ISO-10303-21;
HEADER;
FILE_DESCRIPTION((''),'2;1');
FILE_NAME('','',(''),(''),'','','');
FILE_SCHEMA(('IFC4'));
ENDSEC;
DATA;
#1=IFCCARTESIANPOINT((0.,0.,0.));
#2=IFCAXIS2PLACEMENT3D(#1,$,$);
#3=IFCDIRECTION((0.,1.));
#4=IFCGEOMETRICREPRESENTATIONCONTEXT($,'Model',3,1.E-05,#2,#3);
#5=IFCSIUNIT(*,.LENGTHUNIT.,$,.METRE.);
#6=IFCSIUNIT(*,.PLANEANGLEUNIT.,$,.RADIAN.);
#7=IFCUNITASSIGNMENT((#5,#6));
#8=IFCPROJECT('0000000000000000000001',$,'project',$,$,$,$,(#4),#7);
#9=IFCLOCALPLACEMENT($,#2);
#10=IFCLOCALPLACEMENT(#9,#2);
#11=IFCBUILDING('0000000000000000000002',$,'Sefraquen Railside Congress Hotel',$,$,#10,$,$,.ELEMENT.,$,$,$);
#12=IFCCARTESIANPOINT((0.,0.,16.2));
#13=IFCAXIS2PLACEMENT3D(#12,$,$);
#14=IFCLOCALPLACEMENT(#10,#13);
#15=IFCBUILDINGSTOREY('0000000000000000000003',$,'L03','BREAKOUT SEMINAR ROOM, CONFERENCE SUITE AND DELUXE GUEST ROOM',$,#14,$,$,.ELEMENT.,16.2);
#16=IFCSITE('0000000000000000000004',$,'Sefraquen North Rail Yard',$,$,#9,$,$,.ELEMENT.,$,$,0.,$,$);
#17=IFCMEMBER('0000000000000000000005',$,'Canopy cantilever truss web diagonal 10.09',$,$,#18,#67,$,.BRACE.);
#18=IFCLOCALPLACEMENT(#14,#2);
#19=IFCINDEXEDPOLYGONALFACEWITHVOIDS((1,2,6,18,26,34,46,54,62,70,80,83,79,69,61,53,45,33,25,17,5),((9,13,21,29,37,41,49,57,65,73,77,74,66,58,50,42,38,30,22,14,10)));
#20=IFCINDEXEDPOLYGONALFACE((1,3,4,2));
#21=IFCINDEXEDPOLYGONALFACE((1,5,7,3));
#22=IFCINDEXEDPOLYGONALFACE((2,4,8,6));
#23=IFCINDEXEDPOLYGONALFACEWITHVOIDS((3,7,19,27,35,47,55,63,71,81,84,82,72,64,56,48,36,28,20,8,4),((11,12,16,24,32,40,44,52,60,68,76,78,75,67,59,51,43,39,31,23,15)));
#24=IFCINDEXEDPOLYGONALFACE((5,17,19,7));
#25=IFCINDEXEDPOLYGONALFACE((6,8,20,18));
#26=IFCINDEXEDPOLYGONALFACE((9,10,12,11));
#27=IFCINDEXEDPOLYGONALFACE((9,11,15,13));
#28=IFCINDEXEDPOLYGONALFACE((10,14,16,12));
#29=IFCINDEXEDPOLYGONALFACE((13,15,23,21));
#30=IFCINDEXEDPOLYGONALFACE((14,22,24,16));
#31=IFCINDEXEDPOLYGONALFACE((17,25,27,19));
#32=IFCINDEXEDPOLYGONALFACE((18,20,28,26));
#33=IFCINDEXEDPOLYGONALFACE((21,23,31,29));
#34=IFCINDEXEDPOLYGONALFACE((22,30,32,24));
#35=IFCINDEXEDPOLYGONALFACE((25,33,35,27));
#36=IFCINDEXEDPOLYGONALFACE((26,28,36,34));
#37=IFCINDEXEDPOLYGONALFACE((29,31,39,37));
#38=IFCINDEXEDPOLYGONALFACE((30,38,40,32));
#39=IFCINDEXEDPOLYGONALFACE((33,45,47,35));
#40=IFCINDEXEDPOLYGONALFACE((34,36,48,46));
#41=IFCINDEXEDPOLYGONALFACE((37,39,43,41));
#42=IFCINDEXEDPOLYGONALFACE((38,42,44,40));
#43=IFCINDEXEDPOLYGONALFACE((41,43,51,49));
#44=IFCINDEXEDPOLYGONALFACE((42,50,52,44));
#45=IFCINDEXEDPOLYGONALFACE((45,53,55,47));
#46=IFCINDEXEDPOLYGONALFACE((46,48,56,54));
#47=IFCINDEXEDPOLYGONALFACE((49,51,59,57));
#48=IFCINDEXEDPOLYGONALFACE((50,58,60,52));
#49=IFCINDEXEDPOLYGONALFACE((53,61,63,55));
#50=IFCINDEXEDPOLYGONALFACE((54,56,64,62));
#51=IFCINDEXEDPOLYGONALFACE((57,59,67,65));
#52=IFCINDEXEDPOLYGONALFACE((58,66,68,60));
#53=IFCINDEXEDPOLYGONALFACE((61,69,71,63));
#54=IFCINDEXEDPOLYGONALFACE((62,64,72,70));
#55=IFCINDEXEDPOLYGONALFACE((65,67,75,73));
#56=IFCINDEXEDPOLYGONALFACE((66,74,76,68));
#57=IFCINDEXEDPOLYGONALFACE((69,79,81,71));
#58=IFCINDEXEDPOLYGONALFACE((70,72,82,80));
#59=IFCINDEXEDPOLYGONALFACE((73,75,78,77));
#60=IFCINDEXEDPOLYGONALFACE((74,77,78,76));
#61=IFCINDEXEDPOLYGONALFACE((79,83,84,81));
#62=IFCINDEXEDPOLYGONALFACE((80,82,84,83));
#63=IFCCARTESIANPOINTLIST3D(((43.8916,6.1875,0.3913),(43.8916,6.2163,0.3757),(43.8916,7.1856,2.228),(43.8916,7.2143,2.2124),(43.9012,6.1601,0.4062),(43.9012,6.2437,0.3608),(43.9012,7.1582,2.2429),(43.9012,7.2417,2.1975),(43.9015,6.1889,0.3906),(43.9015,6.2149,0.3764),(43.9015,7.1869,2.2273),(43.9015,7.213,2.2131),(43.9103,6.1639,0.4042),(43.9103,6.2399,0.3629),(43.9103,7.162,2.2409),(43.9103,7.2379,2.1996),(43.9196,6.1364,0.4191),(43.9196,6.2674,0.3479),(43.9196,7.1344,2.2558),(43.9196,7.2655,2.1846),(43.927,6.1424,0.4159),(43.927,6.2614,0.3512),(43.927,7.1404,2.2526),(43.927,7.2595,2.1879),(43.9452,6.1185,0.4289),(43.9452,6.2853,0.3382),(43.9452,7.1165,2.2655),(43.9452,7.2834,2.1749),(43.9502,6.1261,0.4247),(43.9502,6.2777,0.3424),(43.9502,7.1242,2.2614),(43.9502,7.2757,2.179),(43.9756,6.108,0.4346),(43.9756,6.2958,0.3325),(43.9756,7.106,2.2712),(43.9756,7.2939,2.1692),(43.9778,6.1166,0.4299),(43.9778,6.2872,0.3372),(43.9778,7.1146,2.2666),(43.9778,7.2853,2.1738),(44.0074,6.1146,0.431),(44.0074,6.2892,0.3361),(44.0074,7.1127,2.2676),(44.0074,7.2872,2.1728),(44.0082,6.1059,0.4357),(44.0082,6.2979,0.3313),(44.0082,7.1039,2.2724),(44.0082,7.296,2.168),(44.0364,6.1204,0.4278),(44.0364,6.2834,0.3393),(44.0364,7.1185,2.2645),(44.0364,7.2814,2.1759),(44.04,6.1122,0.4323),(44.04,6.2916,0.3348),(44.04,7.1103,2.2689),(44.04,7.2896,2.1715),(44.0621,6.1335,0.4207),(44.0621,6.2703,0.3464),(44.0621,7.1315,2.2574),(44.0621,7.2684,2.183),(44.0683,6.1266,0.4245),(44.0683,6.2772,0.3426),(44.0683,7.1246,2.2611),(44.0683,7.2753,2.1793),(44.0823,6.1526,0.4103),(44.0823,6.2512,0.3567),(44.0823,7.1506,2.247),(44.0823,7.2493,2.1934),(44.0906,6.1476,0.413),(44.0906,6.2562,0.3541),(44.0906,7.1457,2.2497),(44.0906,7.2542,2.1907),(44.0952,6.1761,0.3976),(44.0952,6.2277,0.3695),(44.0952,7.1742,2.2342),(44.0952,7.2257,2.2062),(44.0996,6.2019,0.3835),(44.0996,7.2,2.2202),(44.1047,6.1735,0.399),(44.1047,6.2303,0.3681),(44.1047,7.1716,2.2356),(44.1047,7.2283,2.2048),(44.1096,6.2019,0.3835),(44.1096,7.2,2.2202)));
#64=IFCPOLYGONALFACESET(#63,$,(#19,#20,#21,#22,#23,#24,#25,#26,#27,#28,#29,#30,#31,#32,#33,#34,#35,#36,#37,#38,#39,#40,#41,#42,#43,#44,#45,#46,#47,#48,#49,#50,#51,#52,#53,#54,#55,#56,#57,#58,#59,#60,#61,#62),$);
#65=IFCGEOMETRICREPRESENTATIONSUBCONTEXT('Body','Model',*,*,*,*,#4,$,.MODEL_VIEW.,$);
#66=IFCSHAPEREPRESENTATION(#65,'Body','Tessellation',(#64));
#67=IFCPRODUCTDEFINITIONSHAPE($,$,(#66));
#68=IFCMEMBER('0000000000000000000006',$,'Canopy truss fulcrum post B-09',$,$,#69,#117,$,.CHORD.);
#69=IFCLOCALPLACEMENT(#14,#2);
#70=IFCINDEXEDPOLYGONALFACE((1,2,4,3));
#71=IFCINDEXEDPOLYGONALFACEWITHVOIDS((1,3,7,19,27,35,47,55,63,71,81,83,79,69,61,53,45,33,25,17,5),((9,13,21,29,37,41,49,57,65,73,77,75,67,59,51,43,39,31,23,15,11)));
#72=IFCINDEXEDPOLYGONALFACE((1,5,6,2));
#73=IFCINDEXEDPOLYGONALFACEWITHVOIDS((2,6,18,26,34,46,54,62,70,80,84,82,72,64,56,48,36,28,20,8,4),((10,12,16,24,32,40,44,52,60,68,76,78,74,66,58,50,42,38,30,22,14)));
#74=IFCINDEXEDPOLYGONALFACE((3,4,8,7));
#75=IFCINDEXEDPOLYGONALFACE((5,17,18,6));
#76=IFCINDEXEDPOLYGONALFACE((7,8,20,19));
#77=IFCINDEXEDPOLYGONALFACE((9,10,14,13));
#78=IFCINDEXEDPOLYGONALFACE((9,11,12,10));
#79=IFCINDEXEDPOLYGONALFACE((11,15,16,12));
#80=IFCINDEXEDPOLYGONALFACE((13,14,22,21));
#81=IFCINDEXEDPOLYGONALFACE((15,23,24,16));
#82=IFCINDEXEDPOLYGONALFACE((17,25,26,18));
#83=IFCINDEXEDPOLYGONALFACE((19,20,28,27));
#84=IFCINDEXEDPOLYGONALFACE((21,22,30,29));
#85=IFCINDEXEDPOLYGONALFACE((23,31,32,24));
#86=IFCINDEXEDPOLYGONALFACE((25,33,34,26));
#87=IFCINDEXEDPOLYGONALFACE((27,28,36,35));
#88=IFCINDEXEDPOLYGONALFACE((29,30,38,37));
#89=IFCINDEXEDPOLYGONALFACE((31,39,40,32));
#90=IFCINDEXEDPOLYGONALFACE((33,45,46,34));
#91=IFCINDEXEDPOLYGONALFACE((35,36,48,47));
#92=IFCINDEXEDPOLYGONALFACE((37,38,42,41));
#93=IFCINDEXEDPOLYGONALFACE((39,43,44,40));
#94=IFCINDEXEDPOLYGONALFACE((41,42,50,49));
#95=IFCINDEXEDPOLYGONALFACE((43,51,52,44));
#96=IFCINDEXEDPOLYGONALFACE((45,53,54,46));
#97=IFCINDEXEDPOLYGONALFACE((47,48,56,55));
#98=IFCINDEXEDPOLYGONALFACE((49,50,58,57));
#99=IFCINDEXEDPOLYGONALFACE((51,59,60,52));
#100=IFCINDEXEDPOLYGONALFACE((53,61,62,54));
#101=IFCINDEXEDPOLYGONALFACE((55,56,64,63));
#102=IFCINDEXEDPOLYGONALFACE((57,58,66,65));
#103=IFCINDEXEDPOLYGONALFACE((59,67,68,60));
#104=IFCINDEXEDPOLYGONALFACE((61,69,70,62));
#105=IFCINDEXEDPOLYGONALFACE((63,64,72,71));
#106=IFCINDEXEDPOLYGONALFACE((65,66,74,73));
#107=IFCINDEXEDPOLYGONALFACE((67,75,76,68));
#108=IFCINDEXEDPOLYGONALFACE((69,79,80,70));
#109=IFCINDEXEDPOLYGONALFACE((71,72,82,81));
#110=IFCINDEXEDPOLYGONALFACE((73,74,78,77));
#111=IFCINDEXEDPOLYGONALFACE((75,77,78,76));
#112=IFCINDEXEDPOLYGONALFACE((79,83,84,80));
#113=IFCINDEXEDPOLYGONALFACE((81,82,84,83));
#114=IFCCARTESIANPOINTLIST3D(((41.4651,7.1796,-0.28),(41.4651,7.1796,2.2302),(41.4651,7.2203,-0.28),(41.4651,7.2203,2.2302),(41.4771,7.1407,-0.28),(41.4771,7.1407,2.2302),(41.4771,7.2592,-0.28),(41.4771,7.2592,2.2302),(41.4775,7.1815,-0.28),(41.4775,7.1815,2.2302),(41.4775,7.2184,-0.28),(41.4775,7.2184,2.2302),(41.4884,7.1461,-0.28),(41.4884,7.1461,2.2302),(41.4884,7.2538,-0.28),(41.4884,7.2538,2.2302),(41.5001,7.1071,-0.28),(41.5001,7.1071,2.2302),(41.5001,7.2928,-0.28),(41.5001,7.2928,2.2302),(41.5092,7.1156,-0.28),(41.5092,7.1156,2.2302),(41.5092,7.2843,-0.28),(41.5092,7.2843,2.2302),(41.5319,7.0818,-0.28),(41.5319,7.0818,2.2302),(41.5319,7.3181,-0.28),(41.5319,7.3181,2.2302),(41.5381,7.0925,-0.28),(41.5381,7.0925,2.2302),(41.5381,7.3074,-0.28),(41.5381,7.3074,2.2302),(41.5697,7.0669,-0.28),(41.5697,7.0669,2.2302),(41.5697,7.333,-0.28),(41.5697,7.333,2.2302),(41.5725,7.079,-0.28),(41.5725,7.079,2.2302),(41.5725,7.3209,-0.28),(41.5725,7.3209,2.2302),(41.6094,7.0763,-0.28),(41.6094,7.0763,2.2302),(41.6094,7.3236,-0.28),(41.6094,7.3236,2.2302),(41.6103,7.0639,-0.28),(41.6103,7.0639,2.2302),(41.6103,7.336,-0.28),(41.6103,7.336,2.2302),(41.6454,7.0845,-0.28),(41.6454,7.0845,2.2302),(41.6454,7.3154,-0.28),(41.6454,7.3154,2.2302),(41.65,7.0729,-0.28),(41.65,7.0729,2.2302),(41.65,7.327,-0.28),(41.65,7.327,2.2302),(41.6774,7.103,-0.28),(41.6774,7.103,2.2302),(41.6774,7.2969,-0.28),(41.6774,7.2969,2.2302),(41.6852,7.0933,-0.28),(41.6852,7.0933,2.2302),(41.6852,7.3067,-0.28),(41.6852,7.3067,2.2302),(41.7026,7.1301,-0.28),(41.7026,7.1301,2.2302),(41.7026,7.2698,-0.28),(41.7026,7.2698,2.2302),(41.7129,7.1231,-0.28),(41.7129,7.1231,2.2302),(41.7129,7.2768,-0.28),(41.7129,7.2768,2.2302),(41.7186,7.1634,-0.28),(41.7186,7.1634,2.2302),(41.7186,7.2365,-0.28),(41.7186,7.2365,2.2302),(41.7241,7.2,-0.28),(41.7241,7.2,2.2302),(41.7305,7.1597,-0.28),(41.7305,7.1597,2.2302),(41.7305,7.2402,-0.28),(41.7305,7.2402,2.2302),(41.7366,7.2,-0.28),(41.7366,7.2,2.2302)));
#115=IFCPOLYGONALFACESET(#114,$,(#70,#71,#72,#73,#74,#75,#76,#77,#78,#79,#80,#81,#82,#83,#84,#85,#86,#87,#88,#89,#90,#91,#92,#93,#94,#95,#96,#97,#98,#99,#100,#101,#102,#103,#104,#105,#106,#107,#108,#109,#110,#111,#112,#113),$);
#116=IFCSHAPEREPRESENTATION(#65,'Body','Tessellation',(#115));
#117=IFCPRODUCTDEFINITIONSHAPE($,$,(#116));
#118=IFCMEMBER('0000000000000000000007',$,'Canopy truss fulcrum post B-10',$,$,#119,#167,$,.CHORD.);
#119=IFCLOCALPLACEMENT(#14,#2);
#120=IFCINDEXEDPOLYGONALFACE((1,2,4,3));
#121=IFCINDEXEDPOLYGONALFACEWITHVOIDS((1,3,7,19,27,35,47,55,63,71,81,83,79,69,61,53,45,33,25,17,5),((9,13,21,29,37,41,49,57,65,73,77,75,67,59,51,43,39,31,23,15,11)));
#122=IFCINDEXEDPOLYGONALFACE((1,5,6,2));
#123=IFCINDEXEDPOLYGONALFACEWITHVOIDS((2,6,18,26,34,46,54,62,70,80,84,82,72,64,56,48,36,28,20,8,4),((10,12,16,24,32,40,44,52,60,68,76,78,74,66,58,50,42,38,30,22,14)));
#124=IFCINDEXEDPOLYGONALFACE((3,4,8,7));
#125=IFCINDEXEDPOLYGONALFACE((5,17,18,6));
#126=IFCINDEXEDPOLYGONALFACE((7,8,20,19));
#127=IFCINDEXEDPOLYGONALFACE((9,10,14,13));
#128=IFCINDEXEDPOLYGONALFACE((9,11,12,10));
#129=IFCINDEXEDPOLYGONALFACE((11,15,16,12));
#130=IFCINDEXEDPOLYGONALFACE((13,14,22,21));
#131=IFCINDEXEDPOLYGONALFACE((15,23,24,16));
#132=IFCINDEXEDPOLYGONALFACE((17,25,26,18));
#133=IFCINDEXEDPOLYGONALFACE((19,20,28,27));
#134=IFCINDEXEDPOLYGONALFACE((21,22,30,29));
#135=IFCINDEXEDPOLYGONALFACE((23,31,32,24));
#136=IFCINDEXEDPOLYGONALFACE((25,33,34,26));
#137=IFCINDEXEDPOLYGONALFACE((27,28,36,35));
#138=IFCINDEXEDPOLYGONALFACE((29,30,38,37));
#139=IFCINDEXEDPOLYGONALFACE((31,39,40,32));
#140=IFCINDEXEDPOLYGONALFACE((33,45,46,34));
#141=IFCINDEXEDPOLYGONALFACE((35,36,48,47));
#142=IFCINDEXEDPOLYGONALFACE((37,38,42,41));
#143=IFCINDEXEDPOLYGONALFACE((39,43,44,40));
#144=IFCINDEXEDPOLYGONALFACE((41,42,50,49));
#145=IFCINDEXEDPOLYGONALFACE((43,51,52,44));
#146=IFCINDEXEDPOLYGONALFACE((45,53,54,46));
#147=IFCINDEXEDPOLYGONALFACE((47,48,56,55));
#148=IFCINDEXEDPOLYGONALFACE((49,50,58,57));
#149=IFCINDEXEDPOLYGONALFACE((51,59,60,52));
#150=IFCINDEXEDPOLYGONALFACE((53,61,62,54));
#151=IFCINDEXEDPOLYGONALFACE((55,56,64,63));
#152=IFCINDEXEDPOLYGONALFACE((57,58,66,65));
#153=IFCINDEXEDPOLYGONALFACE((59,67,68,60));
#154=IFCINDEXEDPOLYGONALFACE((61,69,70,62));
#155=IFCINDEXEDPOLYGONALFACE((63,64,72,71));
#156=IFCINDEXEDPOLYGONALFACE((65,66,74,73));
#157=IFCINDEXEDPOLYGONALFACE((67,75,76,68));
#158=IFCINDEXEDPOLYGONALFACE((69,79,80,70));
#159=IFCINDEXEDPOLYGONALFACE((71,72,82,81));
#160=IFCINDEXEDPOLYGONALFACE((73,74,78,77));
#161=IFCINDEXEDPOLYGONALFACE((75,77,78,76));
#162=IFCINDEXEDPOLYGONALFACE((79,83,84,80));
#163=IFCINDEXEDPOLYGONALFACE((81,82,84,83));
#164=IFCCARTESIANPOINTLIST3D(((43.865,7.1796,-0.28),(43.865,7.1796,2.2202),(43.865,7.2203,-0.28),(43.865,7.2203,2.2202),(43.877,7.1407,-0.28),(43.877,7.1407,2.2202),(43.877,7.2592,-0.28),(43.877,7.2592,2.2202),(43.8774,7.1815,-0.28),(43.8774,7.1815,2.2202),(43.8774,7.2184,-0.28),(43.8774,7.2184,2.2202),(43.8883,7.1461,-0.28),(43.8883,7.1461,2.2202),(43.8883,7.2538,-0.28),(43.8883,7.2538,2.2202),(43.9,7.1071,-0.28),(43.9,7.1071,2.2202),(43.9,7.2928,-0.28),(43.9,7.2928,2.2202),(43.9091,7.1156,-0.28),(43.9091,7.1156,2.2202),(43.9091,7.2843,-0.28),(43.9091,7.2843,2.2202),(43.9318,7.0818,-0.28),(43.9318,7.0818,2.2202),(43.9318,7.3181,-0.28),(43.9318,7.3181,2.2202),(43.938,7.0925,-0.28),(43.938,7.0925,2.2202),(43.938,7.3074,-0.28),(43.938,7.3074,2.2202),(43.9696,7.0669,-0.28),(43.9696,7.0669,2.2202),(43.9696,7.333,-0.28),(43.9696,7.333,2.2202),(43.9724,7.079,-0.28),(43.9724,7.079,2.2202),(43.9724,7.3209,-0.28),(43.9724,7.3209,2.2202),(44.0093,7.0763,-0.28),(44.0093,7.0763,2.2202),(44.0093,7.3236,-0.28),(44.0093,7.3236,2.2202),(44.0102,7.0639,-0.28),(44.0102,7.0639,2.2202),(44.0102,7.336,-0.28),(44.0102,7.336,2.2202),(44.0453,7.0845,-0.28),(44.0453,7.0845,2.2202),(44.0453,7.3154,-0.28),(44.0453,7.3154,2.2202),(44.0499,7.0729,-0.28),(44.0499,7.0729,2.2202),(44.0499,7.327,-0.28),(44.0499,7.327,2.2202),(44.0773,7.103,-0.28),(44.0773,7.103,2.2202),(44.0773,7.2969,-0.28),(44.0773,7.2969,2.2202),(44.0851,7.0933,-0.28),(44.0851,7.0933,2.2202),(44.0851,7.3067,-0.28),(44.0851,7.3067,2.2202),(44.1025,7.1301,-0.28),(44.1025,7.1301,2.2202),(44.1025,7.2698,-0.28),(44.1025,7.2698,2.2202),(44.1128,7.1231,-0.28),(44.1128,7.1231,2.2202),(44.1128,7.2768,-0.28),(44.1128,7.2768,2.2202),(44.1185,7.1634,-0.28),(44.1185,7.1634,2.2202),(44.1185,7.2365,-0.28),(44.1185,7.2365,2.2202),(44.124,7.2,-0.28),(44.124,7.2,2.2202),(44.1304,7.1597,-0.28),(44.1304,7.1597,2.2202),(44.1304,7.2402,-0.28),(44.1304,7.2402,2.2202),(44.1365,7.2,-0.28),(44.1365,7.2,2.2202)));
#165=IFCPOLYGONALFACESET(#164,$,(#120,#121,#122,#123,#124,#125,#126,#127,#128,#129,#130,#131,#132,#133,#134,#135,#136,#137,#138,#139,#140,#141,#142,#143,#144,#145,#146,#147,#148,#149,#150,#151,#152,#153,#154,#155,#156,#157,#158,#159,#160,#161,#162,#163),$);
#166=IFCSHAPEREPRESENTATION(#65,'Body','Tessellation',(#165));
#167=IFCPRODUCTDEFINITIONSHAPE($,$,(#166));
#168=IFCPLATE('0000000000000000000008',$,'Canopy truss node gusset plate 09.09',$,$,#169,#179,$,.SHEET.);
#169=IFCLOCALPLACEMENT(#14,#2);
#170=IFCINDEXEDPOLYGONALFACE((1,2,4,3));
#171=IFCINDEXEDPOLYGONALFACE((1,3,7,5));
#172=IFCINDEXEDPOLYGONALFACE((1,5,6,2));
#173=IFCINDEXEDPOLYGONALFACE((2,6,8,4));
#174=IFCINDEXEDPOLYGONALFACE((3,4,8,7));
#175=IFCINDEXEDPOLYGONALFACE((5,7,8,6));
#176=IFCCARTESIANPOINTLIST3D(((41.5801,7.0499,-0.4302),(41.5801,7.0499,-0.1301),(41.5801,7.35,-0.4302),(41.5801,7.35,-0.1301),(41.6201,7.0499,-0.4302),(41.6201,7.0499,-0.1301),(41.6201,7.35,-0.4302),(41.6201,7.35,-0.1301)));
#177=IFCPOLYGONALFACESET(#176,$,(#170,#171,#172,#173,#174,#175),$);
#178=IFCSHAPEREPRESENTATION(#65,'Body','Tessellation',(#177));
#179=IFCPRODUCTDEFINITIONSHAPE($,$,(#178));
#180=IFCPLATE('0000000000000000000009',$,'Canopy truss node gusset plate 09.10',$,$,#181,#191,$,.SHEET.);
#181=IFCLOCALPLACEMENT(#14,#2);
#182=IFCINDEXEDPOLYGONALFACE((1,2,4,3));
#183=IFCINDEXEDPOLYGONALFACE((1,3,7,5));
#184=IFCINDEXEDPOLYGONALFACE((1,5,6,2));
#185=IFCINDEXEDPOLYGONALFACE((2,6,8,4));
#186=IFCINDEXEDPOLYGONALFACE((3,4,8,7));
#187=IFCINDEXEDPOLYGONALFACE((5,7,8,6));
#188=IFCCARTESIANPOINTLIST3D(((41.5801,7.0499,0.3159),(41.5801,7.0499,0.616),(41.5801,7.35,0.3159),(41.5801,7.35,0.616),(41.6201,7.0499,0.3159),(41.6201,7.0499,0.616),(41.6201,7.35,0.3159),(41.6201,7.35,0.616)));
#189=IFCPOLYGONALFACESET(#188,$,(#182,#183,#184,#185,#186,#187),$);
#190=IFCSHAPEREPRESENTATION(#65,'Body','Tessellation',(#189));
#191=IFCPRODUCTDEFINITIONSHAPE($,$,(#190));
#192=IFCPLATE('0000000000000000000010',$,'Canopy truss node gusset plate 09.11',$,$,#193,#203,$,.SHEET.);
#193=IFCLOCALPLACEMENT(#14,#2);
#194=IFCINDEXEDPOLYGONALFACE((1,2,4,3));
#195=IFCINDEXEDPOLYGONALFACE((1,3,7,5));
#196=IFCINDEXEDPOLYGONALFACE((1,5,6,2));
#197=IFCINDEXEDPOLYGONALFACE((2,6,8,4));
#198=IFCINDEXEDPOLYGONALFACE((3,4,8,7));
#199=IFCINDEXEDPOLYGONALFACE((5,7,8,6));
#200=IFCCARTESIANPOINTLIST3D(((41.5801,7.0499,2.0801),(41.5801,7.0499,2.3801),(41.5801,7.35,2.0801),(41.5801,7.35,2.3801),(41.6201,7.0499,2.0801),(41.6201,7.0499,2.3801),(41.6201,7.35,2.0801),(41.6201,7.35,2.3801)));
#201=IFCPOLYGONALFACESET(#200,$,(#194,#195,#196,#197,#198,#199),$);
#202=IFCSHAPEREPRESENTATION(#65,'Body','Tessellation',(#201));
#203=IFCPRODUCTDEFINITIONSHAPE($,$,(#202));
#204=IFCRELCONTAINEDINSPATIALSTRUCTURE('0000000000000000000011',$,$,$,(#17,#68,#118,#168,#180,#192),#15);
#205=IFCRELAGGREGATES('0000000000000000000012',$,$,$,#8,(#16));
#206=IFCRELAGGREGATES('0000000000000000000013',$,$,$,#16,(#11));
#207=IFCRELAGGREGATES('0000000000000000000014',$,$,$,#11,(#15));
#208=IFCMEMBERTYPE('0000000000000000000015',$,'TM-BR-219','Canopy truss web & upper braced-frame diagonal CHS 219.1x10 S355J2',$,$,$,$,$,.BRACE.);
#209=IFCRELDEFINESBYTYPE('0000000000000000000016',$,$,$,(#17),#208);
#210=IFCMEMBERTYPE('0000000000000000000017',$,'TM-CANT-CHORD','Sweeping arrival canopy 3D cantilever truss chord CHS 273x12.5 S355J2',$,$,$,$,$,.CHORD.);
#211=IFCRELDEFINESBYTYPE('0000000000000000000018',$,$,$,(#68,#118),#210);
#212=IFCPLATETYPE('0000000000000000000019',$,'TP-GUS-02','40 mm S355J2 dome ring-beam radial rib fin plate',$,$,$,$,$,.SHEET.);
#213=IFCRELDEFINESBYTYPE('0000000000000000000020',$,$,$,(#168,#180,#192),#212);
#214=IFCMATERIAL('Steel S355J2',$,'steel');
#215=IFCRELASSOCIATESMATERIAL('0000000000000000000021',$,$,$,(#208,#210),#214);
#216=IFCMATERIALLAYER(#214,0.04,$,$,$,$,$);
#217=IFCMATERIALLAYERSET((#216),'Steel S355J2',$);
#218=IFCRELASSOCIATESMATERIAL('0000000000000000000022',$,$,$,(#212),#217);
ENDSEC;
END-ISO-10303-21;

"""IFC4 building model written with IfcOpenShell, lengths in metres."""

from ifc_helpers import new_model, si_unit, direction, frame, origin, origin_2d, place, context, subcontext, project, spatial, rectangle, hollow_circle, extrude, material, layer, layer_set, material_profile, profile_set, type_object, element, save


model = new_model("IFC4")

# Units and contexts
model_context = context("Model", 3, precision=1e-05, world=origin(), true_north=direction((0.0, 1.0)))
body_context = subcontext(model_context, "Body", "Model", "MODEL_VIEW")
ifc_project = project(units=[si_unit("LENGTHUNIT", "METRE"), si_unit("PLANEANGLEUNIT", "RADIAN")], contexts=[model_context])

# Site, building, storey
site_placement = place(None, origin())
site = spatial("IfcSite", under=ifc_project, at=site_placement, Name="Sefraquen North Rail Yard", CompositionType="ELEMENT", RefElevation=0.0)
building_placement = place(site_placement, origin())
building = spatial("IfcBuilding", under=site, at=building_placement, Name="Sefraquen Railside Congress Hotel", CompositionType="ELEMENT")
storey_placement = place(building_placement, frame((0.0, 0.0, 16.2)))
storey = spatial("IfcBuildingStorey", under=building, at=storey_placement, Name="L03", Description="BREAKOUT SEMINAR ROOM, CONFERENCE SUITE AND DELUXE GUEST ROOM", CompositionType="ELEMENT", Elevation=16.2)

# Members
ifc_material_1 = material(Name="Steel S355J2", Category="steel")
ifc_material_profile_1 = material_profile(ifc_material_1, hollow_circle(Radius=0.1096, WallThickness=0.01, at=origin_2d()), Name="CHS 219.1x10")
ifc_profile_set_1 = profile_set([ifc_material_profile_1], Name="Steel S355J2")
member_type_1 = type_object("IfcMemberType", Name="TM-BR-219", Description="Canopy truss web & upper braced-frame diagonal CHS 219.1x10 S355J2", PredefinedType="BRACE", material=ifc_profile_set_1)
member_1_placement = place(storey_placement, frame((44.0, 7.2, 2.2202), z_axis=(0.0, -0.47746, -0.878653), x_axis=(1.0, 0.0, 0.0)))
element("IfcMember", 1, at=member_1_placement, inside=storey, type_object=member_type_1, Name="Canopy cantilever truss web diagonal 10.09", PredefinedType="BRACE", context=body_context, shape_type="SweptSolid", body=[
    extrude(hollow_circle(Radius=0.1096, WallThickness=0.01, at=origin_2d()), origin(), (0.0, 0.0, 1.0), 2.0903),
])
ifc_material_profile_2 = material_profile(ifc_material_1, hollow_circle(Radius=0.1365, WallThickness=0.0125, at=origin_2d()), Name="CHS 273x12.5")
ifc_profile_set_2 = profile_set([ifc_material_profile_2], Name="Steel S355J2")
member_type_2 = type_object("IfcMemberType", Name="TM-CANT-CHORD", Description="Sweeping arrival canopy 3D cantilever truss chord CHS 273x12.5 S355J2", PredefinedType="CHORD", material=ifc_profile_set_2)
member_2_placement = place(storey_placement, frame((41.6001, 7.2, -0.28), z_axis=(0.0, 0.0, 1.0), x_axis=(1.0, 0.0, 0.0)))
element("IfcMember", 2, at=member_2_placement, inside=storey, type_object=member_type_2, Name="Canopy truss fulcrum post B-09", PredefinedType="CHORD", context=body_context, shape_type="SweptSolid", body=[
    extrude(hollow_circle(Radius=0.1365, WallThickness=0.0125, at=origin_2d()), origin(), (0.0, 0.0, 1.0), 2.5103),
])
member_3_placement = place(storey_placement, frame((44.0, 7.2, -0.28), z_axis=(0.0, 0.0, 1.0), x_axis=(1.0, 0.0, 0.0)))
element("IfcMember", 3, at=member_3_placement, inside=storey, type_object=member_type_2, Name="Canopy truss fulcrum post B-10", PredefinedType="CHORD", context=body_context, shape_type="SweptSolid", body=[
    extrude(hollow_circle(Radius=0.1365, WallThickness=0.0125, at=origin_2d()), origin(), (0.0, 0.0, 1.0), 2.5002),
])

# Plates
ifc_layer_1 = layer(ifc_material_1, 0.04)
ifc_layer_set_1 = layer_set([ifc_layer_1], Name="Steel S355J2")
plate_type = type_object("IfcPlateType", Name="TP-GUS-02", Description="40 mm S355J2 dome ring-beam radial rib fin plate", PredefinedType="SHEET", material=ifc_layer_set_1)
for number, where, z_axis, x_axis, name in (
    (4, (41.6001, 7.2, -0.4302), (0.0, 0.0, 1.0), (1.0, 0.0, 0.0), "Canopy truss node gusset plate 09.09"),
    (5, (41.6001, 7.2, 0.3159), (0.0, 0.0, 1.0), (1.0, 0.0, 0.0), "Canopy truss node gusset plate 09.10"),
    (6, (41.6001, 7.2, 2.0801), (0.0, 0.0, 1.0), (1.0, 0.0, 0.0), "Canopy truss node gusset plate 09.11"),
):
    element("IfcPlate", number, at=place(storey_placement, frame(where, z_axis=z_axis, x_axis=x_axis)), inside=storey, type_object=plate_type, Name=name, PredefinedType="SHEET", context=body_context, shape_type="SweptSolid", body=[
        extrude(rectangle(XDim=0.04, YDim=0.3, at=origin_2d()), origin(), (0.0, 0.0, 1.0), 0.3),
    ])

save(model, "model.ifc")
